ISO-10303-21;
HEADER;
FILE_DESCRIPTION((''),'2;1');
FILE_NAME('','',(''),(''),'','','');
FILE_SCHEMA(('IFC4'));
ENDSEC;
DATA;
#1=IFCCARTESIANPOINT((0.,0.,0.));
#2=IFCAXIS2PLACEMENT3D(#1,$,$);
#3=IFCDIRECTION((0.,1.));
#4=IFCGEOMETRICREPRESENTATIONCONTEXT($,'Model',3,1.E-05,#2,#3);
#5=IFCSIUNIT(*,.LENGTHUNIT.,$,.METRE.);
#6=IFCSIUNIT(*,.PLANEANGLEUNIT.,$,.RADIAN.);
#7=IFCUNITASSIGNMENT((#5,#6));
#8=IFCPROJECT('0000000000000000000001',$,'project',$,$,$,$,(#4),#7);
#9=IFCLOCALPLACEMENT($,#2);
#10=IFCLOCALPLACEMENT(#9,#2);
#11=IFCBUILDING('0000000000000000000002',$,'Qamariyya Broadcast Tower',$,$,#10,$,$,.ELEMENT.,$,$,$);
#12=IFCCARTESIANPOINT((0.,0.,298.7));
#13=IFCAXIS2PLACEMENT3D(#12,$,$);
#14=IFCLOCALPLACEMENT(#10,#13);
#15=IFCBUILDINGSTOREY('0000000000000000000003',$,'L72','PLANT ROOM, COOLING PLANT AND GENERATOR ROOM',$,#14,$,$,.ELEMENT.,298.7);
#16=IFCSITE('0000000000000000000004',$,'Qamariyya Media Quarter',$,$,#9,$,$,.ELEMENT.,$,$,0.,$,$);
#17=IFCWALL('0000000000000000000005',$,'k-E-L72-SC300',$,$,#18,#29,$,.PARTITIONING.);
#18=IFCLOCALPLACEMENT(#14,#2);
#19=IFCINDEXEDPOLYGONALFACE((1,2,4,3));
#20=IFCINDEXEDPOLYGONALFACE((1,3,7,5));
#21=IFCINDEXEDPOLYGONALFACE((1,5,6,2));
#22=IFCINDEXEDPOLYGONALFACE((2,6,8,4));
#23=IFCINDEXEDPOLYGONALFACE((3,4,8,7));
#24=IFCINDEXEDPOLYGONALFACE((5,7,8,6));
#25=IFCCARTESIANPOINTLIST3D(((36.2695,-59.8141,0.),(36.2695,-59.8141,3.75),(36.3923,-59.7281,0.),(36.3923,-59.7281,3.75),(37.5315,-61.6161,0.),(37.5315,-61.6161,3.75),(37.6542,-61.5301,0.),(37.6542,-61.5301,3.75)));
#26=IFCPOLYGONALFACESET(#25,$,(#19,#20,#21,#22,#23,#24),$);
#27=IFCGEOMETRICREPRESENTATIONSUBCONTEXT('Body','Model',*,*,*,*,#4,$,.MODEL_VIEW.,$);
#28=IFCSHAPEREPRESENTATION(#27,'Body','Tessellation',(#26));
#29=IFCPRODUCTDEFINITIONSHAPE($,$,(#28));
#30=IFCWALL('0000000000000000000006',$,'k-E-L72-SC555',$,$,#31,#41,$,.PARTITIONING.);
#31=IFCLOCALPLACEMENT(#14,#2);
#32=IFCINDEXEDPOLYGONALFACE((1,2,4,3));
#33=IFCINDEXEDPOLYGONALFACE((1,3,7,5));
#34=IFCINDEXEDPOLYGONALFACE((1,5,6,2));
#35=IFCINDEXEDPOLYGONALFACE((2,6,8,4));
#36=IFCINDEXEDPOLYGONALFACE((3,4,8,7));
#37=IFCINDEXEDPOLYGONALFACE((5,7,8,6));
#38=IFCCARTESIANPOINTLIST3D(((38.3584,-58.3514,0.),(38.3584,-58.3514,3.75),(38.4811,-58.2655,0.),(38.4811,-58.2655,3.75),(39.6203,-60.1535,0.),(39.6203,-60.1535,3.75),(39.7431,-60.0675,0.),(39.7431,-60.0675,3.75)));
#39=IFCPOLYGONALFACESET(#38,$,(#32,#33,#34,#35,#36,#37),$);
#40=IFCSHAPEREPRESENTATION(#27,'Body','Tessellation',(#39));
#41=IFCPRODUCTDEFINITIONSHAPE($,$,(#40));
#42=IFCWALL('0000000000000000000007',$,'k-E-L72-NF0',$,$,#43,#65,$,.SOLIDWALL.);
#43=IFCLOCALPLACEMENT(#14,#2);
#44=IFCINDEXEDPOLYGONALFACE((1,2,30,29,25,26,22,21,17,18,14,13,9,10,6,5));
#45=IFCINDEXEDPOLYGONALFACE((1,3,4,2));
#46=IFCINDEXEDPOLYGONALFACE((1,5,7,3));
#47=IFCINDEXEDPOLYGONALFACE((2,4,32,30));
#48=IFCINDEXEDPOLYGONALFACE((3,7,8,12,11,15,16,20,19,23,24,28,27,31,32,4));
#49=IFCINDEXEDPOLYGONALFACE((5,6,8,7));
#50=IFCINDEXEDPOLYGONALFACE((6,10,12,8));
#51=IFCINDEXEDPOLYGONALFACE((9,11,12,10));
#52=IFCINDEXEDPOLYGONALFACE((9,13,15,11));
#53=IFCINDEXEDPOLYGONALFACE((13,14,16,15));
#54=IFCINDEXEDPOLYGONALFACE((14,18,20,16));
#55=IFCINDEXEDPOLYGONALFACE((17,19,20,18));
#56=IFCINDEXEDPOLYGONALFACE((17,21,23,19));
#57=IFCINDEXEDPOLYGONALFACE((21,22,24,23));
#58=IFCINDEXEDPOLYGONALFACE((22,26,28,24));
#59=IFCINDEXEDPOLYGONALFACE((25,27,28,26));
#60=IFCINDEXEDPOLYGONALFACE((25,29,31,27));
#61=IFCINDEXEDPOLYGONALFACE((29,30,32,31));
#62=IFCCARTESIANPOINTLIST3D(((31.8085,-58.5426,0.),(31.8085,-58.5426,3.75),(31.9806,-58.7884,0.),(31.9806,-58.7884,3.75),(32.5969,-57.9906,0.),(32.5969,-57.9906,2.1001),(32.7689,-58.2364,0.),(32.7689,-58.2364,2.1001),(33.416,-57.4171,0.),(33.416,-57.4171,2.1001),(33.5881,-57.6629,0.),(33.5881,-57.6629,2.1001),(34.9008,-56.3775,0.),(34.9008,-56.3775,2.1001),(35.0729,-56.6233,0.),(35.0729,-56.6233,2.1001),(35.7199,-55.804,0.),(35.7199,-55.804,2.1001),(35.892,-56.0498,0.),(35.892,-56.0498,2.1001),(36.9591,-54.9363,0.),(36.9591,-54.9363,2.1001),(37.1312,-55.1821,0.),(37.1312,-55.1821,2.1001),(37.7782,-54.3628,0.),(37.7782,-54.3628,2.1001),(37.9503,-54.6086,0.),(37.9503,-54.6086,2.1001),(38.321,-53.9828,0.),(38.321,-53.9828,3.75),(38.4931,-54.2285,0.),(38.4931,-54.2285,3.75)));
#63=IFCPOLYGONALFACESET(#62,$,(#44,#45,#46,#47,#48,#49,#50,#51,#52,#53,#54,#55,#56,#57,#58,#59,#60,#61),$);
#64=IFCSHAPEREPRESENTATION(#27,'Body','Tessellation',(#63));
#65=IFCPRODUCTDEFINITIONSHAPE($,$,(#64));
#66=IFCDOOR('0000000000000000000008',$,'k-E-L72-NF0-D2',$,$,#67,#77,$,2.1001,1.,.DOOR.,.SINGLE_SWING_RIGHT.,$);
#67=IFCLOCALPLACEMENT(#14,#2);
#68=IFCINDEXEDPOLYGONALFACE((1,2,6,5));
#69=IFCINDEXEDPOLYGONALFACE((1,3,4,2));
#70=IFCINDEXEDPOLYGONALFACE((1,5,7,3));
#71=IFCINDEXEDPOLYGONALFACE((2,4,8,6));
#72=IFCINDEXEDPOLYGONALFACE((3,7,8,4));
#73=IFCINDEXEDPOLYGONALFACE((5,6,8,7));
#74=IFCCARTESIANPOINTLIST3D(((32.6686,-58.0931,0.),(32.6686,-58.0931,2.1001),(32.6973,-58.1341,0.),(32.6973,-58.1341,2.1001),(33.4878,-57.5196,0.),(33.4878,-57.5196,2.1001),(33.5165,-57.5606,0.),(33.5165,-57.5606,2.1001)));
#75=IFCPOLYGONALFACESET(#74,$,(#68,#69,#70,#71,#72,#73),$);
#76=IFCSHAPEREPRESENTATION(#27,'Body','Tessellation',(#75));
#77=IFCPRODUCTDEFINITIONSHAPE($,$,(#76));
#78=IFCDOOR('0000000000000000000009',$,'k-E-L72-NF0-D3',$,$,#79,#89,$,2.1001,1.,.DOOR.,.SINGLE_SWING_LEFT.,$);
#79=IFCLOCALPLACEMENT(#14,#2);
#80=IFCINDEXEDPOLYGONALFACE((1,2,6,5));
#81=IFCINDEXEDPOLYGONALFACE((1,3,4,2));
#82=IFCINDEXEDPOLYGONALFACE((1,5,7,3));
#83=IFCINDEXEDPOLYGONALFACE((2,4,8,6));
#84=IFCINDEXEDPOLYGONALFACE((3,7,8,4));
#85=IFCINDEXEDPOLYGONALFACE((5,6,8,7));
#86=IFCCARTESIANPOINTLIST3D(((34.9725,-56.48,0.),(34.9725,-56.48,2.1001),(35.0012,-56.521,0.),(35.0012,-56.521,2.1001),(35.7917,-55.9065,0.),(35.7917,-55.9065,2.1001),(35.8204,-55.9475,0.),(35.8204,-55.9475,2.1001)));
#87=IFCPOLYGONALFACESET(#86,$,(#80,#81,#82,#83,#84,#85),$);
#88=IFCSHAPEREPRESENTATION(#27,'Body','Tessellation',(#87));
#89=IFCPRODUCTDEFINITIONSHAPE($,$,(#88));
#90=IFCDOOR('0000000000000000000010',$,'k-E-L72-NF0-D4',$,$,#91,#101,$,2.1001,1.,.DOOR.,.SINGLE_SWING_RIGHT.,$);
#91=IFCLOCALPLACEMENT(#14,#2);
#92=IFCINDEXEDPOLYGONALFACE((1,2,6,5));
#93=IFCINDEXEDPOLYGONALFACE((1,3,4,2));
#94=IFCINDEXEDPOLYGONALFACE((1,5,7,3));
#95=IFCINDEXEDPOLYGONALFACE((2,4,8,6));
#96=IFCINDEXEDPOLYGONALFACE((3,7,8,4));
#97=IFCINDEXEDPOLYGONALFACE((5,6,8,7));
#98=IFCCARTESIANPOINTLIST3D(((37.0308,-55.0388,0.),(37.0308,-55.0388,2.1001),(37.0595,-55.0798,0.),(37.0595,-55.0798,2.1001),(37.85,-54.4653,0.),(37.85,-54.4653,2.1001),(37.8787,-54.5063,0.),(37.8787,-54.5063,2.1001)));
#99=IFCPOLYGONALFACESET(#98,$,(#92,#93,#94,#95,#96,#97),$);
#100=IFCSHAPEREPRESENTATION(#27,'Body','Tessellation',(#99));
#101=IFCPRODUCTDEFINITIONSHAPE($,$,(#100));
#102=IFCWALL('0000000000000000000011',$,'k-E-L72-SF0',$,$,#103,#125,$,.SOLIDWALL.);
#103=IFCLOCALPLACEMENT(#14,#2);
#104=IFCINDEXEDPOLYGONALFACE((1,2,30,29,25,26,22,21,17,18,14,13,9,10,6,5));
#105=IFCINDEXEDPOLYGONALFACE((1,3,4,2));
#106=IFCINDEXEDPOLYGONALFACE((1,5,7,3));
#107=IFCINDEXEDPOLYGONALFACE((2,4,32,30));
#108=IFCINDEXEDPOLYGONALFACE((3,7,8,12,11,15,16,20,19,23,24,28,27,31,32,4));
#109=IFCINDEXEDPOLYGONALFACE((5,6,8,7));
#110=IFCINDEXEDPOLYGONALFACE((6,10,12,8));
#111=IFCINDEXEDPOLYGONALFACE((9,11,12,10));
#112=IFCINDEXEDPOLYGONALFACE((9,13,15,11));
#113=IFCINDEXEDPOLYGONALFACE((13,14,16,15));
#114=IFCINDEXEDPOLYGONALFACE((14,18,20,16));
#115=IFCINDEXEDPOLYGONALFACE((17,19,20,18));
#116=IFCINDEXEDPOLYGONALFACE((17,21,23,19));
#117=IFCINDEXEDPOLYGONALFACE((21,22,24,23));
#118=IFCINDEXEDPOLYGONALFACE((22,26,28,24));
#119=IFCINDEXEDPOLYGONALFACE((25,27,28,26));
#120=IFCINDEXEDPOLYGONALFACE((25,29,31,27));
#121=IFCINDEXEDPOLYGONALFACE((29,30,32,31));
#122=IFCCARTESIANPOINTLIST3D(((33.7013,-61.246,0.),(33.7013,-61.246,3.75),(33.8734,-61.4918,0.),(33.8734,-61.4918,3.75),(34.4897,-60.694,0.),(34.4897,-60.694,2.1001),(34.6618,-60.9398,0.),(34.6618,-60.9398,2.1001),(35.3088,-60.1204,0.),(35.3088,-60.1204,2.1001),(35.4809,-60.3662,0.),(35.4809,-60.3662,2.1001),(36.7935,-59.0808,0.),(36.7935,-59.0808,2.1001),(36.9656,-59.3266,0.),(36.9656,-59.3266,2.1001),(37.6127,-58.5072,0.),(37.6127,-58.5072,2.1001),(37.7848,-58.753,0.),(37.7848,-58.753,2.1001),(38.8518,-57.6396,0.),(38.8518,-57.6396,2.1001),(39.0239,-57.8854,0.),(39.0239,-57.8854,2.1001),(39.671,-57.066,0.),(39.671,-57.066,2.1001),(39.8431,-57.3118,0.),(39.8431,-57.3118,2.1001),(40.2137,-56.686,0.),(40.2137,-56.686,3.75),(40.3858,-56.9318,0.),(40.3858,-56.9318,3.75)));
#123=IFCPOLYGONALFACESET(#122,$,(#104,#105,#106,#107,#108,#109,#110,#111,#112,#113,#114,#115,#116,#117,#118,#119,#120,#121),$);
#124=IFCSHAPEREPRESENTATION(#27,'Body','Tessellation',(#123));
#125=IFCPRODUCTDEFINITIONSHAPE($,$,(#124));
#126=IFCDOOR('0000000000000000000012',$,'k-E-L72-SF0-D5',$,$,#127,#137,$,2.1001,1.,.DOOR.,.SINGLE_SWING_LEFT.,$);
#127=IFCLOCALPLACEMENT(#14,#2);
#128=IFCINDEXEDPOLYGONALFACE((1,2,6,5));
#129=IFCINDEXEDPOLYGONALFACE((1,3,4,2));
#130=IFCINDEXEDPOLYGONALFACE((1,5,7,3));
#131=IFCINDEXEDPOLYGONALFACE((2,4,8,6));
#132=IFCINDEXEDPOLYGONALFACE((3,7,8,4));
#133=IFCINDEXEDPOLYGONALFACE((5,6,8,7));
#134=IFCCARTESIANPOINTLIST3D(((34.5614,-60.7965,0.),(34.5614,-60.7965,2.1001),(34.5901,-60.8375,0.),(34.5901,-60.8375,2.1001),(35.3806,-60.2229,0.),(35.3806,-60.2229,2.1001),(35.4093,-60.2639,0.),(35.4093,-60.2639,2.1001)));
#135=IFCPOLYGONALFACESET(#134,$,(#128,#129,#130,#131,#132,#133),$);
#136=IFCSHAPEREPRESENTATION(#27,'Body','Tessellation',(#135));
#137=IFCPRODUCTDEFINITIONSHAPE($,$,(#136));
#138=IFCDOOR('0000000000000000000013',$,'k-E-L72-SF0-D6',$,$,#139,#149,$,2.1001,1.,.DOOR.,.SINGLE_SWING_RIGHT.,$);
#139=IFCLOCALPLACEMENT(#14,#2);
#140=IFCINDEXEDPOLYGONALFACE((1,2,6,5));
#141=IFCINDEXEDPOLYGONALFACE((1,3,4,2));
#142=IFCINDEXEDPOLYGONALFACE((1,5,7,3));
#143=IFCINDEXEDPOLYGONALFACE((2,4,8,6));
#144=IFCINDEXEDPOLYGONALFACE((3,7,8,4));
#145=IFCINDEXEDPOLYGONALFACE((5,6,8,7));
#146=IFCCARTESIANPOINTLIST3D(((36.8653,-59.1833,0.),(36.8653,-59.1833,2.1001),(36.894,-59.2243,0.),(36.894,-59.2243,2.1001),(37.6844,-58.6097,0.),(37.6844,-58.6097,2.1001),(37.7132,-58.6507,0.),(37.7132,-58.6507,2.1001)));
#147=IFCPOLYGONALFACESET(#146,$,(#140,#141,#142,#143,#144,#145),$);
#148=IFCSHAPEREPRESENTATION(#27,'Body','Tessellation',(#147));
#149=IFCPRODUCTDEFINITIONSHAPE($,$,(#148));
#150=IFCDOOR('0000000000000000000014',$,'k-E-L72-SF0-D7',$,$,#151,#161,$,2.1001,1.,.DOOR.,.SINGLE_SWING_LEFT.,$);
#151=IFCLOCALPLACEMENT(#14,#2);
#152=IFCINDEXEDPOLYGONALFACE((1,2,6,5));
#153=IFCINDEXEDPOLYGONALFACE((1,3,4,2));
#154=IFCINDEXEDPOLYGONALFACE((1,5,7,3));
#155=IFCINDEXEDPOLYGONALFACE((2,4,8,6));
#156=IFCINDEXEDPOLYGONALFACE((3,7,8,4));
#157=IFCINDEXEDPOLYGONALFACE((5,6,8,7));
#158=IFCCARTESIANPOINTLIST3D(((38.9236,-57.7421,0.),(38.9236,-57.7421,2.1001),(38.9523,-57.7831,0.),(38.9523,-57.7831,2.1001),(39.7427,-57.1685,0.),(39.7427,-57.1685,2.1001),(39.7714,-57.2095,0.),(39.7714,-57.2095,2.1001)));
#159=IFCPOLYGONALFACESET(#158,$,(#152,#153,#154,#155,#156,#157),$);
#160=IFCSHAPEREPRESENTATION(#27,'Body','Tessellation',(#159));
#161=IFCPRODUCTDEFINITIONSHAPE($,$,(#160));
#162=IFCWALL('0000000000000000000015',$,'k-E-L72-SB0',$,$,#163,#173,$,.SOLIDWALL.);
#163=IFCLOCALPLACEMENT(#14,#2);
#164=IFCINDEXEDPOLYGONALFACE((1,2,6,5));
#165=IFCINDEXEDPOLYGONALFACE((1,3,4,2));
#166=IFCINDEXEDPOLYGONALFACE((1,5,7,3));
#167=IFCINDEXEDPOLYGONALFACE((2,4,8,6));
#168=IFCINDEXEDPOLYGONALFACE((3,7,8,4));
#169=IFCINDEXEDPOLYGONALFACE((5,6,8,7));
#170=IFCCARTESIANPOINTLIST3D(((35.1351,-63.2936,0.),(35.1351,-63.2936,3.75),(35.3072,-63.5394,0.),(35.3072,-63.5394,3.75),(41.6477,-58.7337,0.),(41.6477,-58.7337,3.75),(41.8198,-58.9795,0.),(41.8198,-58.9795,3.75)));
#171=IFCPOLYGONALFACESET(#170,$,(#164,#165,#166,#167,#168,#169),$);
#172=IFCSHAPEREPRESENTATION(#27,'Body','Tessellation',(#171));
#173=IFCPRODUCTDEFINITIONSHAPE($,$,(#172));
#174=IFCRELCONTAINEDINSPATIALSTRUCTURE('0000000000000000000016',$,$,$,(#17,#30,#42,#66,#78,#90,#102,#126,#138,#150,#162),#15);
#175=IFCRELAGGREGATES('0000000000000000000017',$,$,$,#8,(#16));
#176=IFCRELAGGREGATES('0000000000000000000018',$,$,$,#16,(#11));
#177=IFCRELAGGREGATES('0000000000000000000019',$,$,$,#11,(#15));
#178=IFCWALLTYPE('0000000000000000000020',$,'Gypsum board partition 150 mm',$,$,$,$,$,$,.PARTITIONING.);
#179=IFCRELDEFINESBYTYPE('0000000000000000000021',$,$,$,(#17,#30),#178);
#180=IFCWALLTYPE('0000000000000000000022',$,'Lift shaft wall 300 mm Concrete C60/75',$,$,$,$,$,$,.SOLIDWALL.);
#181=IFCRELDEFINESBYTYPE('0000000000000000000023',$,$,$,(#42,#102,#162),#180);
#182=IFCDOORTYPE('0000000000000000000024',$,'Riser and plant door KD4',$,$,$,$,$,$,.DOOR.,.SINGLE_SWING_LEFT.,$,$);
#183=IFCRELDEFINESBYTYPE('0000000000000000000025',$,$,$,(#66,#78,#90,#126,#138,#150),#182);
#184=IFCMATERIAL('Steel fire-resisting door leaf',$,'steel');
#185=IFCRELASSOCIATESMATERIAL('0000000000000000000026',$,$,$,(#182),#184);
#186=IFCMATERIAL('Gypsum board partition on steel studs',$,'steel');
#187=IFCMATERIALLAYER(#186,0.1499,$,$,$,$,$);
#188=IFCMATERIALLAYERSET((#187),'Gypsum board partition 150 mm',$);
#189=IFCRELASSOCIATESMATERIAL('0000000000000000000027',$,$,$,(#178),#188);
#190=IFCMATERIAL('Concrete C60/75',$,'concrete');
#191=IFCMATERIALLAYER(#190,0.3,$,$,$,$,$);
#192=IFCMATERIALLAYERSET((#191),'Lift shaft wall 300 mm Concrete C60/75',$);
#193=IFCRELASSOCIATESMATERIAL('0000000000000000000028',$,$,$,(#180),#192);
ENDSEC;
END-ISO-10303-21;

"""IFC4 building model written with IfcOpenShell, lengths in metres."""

from ifc_helpers import new_model, si_unit, direction, frame, frame_2d, origin, place, context, subcontext, project, spatial, rectangle, extrude, material, layer, layer_set, type_object, element, fill, save


model = new_model("IFC4")

# Units and contexts
model_context = context("Model", 3, precision=1e-05, world=origin(), true_north=direction((0.0, 1.0)))
body_context = subcontext(model_context, "Body", "Model", "MODEL_VIEW")
ifc_project = project(units=[si_unit("LENGTHUNIT", "METRE"), si_unit("PLANEANGLEUNIT", "RADIAN")], contexts=[model_context])

# Site, building, storey
site_placement = place(None, origin())
site = spatial("IfcSite", under=ifc_project, at=site_placement, Name="Qamariyya Media Quarter", CompositionType="ELEMENT", RefElevation=0.0)
building_placement = place(site_placement, origin())
building = spatial("IfcBuilding", under=site, at=building_placement, Name="Qamariyya Broadcast Tower", CompositionType="ELEMENT")
storey_placement = place(building_placement, frame((0.0, 0.0, 298.7)))
storey = spatial("IfcBuildingStorey", under=building, at=storey_placement, Name="L72", Description="PLANT ROOM, COOLING PLANT AND GENERATOR ROOM", CompositionType="ELEMENT", Elevation=298.7)

# Shared definitions
ifc_material_1 = material(Name="Concrete C60/75", Category="concrete")
ifc_material_2 = material(Name="Steel fire-resisting door leaf", Category="steel")

# Shared definitions
door_type_1 = type_object("IfcDoorType", Name="Riser and plant door KD4", OperationType="SINGLE_SWING_LEFT", PredefinedType="DOOR", material=ifc_material_2)

# Walls
ifc_material_3 = material(Name="Gypsum board partition on steel studs", Category="steel")
ifc_layer_1 = layer(ifc_material_3, 0.1499)
ifc_layer_set_1 = layer_set([ifc_layer_1], Name="Gypsum board partition 150 mm")
wall_type_1 = type_object("IfcWallType", Name="Gypsum board partition 150 mm", PredefinedType="PARTITIONING", material=ifc_layer_set_1)
for number, where, z_axis, x_axis, name in (
    (1, (36.3308, -59.771, 0.0), (0.0, 0.0, 1.0), (0.573634, -0.819112, 0.0), "k-E-L72-SC300"),
    (2, (38.4197, -58.3083, 0.0), (0.0, 0.0, 1.0), (0.573634, -0.819112, 0.0), "k-E-L72-SC555"),
):
    element("IfcWall", number, at=place(storey_placement, frame(where, z_axis=z_axis, x_axis=x_axis)), inside=storey, type_object=wall_type_1, Name=name, PredefinedType="PARTITIONING", context=body_context, shape_type="SweptSolid", body=[
        extrude(rectangle(XDim=2.2, YDim=0.1499, at=frame_2d((1.1001, 0.0))), origin(), (0.0, 0.0, 1.0), 3.75),
    ])

# Walls, openings, doors
ifc_layer_2 = layer(ifc_material_1, 0.3)
ifc_layer_set_2 = layer_set([ifc_layer_2], Name="Lift shaft wall 300 mm Concrete C60/75")
wall_type_2 = type_object("IfcWallType", Name="Lift shaft wall 300 mm Concrete C60/75", PredefinedType="SOLIDWALL", material=ifc_layer_set_2)
wall_1_placement = place(storey_placement, frame((31.8945, -58.6655, 0.0), z_axis=(0.0, 0.0, 1.0), x_axis=(0.819167, 0.573555, 0.0)))
wall_1 = element("IfcWall", 3, at=wall_1_placement, inside=storey, type_object=wall_type_2, Name="k-E-L72-NF0", PredefinedType="SOLIDWALL", context=body_context, shape_type="SweptSolid", body=[
    extrude(rectangle(XDim=7.9502, YDim=0.3, at=frame_2d((3.9751, 0.0))), origin(), (0.0, 0.0, 1.0), 3.75),
])
opening_1_placement = place(wall_1_placement, frame((0.9624, 0.0, 0.0)))
opening_1 = element("IfcOpeningElement", 4, at=opening_1_placement, cuts=wall_1, PredefinedType="OPENING", context=body_context, shape_type="SweptSolid", body=[
    extrude(rectangle(XDim=1.0, YDim=2.1001, at=frame_2d((0.5, 1.05))), frame((0.0, 0.1599, 0.0), z_axis=(0.0, -1.0, 0.0), x_axis=(1.0, 0.0, 0.0)), (0.0, 0.0, 1.0), 0.3201),
])
opening_2_placement = place(wall_1_placement, frame((3.7749, 0.0, 0.0)))
opening_2 = element("IfcOpeningElement", 5, at=opening_2_placement, cuts=wall_1, PredefinedType="OPENING", context=body_context, shape_type="SweptSolid", body=[
    extrude(rectangle(XDim=1.0, YDim=2.1001, at=frame_2d((0.5, 1.05))), frame((0.0, 0.1599, 0.0), z_axis=(0.0, -1.0, 0.0), x_axis=(1.0, 0.0, 0.0)), (0.0, 0.0, 1.0), 0.3201),
])
opening_3_placement = place(wall_1_placement, frame((6.2876, 0.0, 0.0)))
opening_3 = element("IfcOpeningElement", 6, at=opening_3_placement, cuts=wall_1, PredefinedType="OPENING", context=body_context, shape_type="SweptSolid", body=[
    extrude(rectangle(XDim=1.0, YDim=2.1001, at=frame_2d((0.5, 1.05))), frame((0.0, 0.1599, 0.0), z_axis=(0.0, -1.0, 0.0), x_axis=(1.0, 0.0, 0.0)), (0.0, 0.0, 1.0), 0.3201),
])
door_1_placement = place(opening_1_placement, origin())
door_1 = element("IfcDoor", 7, at=door_1_placement, inside=storey, type_object=door_type_1, Name="k-E-L72-NF0-D2", OperationType="SINGLE_SWING_RIGHT", OverallHeight=2.1001, OverallWidth=1.0, PredefinedType="DOOR", context=body_context, shape_type="SweptSolid", body=[
    extrude(rectangle(XDim=1.0, YDim=2.1001, at=frame_2d((0.5, 1.05))), frame((0.0, 0.0249, 0.0), z_axis=(0.0, -1.0, 0.0), x_axis=(1.0, 0.0, 0.0)), (0.0, 0.0, 1.0), 0.05),
])
fill(opening_1, door_1)
door_2_placement = place(opening_2_placement, origin())
door_2 = element("IfcDoor", 8, at=door_2_placement, inside=storey, type_object=door_type_1, Name="k-E-L72-NF0-D3", OperationType="SINGLE_SWING_LEFT", OverallHeight=2.1001, OverallWidth=1.0, PredefinedType="DOOR", context=body_context, shape_type="SweptSolid", body=[
    extrude(rectangle(XDim=1.0, YDim=2.1001, at=frame_2d((0.5, 1.05))), frame((0.0, 0.0249, 0.0), z_axis=(0.0, -1.0, 0.0), x_axis=(1.0, 0.0, 0.0)), (0.0, 0.0, 1.0), 0.05),
])
fill(opening_2, door_2)
door_3_placement = place(opening_3_placement, origin())
door_3 = element("IfcDoor", 9, at=door_3_placement, inside=storey, type_object=door_type_1, Name="k-E-L72-NF0-D4", OperationType="SINGLE_SWING_RIGHT", OverallHeight=2.1001, OverallWidth=1.0, PredefinedType="DOOR", context=body_context, shape_type="SweptSolid", body=[
    extrude(rectangle(XDim=1.0, YDim=2.1001, at=frame_2d((0.5, 1.05))), frame((0.0, 0.0249, 0.0), z_axis=(0.0, -1.0, 0.0), x_axis=(1.0, 0.0, 0.0)), (0.0, 0.0, 1.0), 0.05),
])
fill(opening_3, door_3)
wall_2_placement = place(storey_placement, frame((33.7874, -61.3689, 0.0), z_axis=(0.0, 0.0, 1.0), x_axis=(0.819153, 0.573576, 0.0)))
wall_2 = element("IfcWall", 10, at=wall_2_placement, inside=storey, type_object=wall_type_2, Name="k-E-L72-SF0", PredefinedType="SOLIDWALL", context=body_context, shape_type="SweptSolid", body=[
    extrude(rectangle(XDim=7.9502, YDim=0.3, at=frame_2d((3.9751, 0.0))), origin(), (0.0, 0.0, 1.0), 3.75),
])
opening_4_placement = place(wall_2_placement, frame((0.9624, 0.0, 0.0)))
opening_4 = element("IfcOpeningElement", 11, at=opening_4_placement, cuts=wall_2, PredefinedType="OPENING", context=body_context, shape_type="SweptSolid", body=[
    extrude(rectangle(XDim=1.0, YDim=2.1001, at=frame_2d((0.5, 1.05))), frame((0.0, 0.1599, 0.0), z_axis=(0.0, -1.0, 0.0), x_axis=(1.0, 0.0, 0.0)), (0.0, 0.0, 1.0), 0.3201),
])
opening_5_placement = place(wall_2_placement, frame((3.7749, 0.0, 0.0)))
opening_5 = element("IfcOpeningElement", 12, at=opening_5_placement, cuts=wall_2, PredefinedType="OPENING", context=body_context, shape_type="SweptSolid", body=[
    extrude(rectangle(XDim=1.0, YDim=2.1001, at=frame_2d((0.5, 1.05))), frame((0.0, 0.1599, 0.0), z_axis=(0.0, -1.0, 0.0), x_axis=(1.0, 0.0, 0.0)), (0.0, 0.0, 1.0), 0.3201),
])
opening_6_placement = place(wall_2_placement, frame((6.2876, 0.0, 0.0)))
opening_6 = element("IfcOpeningElement", 13, at=opening_6_placement, cuts=wall_2, PredefinedType="OPENING", context=body_context, shape_type="SweptSolid", body=[
    extrude(rectangle(XDim=1.0, YDim=2.1001, at=frame_2d((0.5, 1.05))), frame((0.0, 0.1599, 0.0), z_axis=(0.0, -1.0, 0.0), x_axis=(1.0, 0.0, 0.0)), (0.0, 0.0, 1.0), 0.3201),
])
door_4_placement = place(opening_4_placement, origin())
door_4 = element("IfcDoor", 14, at=door_4_placement, inside=storey, type_object=door_type_1, Name="k-E-L72-SF0-D5", OperationType="SINGLE_SWING_LEFT", OverallHeight=2.1001, OverallWidth=1.0, PredefinedType="DOOR", context=body_context, shape_type="SweptSolid", body=[
    extrude(rectangle(XDim=1.0, YDim=2.1001, at=frame_2d((0.5, 1.05))), frame((0.0, 0.0249, 0.0), z_axis=(0.0, -1.0, 0.0), x_axis=(1.0, 0.0, 0.0)), (0.0, 0.0, 1.0), 0.05),
])
fill(opening_4, door_4)
door_5_placement = place(opening_5_placement, origin())
door_5 = element("IfcDoor", 15, at=door_5_placement, inside=storey, type_object=door_type_1, Name="k-E-L72-SF0-D6", OperationType="SINGLE_SWING_RIGHT", OverallHeight=2.1001, OverallWidth=1.0, PredefinedType="DOOR", context=body_context, shape_type="SweptSolid", body=[
    extrude(rectangle(XDim=1.0, YDim=2.1001, at=frame_2d((0.5, 1.05))), frame((0.0, 0.0249, 0.0), z_axis=(0.0, -1.0, 0.0), x_axis=(1.0, 0.0, 0.0)), (0.0, 0.0, 1.0), 0.05),
])
fill(opening_5, door_5)
door_6_placement = place(opening_6_placement, origin())
door_6 = element("IfcDoor", 16, at=door_6_placement, inside=storey, type_object=door_type_1, Name="k-E-L72-SF0-D7", OperationType="SINGLE_SWING_LEFT", OverallHeight=2.1001, OverallWidth=1.0, PredefinedType="DOOR", context=body_context, shape_type="SweptSolid", body=[
    extrude(rectangle(XDim=1.0, YDim=2.1001, at=frame_2d((0.5, 1.05))), frame((0.0, 0.0249, 0.0), z_axis=(0.0, -1.0, 0.0), x_axis=(1.0, 0.0, 0.0)), (0.0, 0.0, 1.0), 0.05),
])
fill(opening_6, door_6)

# Wall
wall_3_placement = place(storey_placement, frame((35.2212, -63.4165, 0.0), z_axis=(0.0, 0.0, 1.0), x_axis=(0.819167, 0.573555, 0.0)))
element("IfcWall", 17, at=wall_3_placement, inside=storey, type_object=wall_type_2, Name="k-E-L72-SB0", PredefinedType="SOLIDWALL", context=body_context, shape_type="SweptSolid", body=[
    extrude(rectangle(XDim=7.9502, YDim=0.3, at=frame_2d((3.9751, 0.0))), origin(), (0.0, 0.0, 1.0), 3.75),
])

save(model, "model.ifc")
